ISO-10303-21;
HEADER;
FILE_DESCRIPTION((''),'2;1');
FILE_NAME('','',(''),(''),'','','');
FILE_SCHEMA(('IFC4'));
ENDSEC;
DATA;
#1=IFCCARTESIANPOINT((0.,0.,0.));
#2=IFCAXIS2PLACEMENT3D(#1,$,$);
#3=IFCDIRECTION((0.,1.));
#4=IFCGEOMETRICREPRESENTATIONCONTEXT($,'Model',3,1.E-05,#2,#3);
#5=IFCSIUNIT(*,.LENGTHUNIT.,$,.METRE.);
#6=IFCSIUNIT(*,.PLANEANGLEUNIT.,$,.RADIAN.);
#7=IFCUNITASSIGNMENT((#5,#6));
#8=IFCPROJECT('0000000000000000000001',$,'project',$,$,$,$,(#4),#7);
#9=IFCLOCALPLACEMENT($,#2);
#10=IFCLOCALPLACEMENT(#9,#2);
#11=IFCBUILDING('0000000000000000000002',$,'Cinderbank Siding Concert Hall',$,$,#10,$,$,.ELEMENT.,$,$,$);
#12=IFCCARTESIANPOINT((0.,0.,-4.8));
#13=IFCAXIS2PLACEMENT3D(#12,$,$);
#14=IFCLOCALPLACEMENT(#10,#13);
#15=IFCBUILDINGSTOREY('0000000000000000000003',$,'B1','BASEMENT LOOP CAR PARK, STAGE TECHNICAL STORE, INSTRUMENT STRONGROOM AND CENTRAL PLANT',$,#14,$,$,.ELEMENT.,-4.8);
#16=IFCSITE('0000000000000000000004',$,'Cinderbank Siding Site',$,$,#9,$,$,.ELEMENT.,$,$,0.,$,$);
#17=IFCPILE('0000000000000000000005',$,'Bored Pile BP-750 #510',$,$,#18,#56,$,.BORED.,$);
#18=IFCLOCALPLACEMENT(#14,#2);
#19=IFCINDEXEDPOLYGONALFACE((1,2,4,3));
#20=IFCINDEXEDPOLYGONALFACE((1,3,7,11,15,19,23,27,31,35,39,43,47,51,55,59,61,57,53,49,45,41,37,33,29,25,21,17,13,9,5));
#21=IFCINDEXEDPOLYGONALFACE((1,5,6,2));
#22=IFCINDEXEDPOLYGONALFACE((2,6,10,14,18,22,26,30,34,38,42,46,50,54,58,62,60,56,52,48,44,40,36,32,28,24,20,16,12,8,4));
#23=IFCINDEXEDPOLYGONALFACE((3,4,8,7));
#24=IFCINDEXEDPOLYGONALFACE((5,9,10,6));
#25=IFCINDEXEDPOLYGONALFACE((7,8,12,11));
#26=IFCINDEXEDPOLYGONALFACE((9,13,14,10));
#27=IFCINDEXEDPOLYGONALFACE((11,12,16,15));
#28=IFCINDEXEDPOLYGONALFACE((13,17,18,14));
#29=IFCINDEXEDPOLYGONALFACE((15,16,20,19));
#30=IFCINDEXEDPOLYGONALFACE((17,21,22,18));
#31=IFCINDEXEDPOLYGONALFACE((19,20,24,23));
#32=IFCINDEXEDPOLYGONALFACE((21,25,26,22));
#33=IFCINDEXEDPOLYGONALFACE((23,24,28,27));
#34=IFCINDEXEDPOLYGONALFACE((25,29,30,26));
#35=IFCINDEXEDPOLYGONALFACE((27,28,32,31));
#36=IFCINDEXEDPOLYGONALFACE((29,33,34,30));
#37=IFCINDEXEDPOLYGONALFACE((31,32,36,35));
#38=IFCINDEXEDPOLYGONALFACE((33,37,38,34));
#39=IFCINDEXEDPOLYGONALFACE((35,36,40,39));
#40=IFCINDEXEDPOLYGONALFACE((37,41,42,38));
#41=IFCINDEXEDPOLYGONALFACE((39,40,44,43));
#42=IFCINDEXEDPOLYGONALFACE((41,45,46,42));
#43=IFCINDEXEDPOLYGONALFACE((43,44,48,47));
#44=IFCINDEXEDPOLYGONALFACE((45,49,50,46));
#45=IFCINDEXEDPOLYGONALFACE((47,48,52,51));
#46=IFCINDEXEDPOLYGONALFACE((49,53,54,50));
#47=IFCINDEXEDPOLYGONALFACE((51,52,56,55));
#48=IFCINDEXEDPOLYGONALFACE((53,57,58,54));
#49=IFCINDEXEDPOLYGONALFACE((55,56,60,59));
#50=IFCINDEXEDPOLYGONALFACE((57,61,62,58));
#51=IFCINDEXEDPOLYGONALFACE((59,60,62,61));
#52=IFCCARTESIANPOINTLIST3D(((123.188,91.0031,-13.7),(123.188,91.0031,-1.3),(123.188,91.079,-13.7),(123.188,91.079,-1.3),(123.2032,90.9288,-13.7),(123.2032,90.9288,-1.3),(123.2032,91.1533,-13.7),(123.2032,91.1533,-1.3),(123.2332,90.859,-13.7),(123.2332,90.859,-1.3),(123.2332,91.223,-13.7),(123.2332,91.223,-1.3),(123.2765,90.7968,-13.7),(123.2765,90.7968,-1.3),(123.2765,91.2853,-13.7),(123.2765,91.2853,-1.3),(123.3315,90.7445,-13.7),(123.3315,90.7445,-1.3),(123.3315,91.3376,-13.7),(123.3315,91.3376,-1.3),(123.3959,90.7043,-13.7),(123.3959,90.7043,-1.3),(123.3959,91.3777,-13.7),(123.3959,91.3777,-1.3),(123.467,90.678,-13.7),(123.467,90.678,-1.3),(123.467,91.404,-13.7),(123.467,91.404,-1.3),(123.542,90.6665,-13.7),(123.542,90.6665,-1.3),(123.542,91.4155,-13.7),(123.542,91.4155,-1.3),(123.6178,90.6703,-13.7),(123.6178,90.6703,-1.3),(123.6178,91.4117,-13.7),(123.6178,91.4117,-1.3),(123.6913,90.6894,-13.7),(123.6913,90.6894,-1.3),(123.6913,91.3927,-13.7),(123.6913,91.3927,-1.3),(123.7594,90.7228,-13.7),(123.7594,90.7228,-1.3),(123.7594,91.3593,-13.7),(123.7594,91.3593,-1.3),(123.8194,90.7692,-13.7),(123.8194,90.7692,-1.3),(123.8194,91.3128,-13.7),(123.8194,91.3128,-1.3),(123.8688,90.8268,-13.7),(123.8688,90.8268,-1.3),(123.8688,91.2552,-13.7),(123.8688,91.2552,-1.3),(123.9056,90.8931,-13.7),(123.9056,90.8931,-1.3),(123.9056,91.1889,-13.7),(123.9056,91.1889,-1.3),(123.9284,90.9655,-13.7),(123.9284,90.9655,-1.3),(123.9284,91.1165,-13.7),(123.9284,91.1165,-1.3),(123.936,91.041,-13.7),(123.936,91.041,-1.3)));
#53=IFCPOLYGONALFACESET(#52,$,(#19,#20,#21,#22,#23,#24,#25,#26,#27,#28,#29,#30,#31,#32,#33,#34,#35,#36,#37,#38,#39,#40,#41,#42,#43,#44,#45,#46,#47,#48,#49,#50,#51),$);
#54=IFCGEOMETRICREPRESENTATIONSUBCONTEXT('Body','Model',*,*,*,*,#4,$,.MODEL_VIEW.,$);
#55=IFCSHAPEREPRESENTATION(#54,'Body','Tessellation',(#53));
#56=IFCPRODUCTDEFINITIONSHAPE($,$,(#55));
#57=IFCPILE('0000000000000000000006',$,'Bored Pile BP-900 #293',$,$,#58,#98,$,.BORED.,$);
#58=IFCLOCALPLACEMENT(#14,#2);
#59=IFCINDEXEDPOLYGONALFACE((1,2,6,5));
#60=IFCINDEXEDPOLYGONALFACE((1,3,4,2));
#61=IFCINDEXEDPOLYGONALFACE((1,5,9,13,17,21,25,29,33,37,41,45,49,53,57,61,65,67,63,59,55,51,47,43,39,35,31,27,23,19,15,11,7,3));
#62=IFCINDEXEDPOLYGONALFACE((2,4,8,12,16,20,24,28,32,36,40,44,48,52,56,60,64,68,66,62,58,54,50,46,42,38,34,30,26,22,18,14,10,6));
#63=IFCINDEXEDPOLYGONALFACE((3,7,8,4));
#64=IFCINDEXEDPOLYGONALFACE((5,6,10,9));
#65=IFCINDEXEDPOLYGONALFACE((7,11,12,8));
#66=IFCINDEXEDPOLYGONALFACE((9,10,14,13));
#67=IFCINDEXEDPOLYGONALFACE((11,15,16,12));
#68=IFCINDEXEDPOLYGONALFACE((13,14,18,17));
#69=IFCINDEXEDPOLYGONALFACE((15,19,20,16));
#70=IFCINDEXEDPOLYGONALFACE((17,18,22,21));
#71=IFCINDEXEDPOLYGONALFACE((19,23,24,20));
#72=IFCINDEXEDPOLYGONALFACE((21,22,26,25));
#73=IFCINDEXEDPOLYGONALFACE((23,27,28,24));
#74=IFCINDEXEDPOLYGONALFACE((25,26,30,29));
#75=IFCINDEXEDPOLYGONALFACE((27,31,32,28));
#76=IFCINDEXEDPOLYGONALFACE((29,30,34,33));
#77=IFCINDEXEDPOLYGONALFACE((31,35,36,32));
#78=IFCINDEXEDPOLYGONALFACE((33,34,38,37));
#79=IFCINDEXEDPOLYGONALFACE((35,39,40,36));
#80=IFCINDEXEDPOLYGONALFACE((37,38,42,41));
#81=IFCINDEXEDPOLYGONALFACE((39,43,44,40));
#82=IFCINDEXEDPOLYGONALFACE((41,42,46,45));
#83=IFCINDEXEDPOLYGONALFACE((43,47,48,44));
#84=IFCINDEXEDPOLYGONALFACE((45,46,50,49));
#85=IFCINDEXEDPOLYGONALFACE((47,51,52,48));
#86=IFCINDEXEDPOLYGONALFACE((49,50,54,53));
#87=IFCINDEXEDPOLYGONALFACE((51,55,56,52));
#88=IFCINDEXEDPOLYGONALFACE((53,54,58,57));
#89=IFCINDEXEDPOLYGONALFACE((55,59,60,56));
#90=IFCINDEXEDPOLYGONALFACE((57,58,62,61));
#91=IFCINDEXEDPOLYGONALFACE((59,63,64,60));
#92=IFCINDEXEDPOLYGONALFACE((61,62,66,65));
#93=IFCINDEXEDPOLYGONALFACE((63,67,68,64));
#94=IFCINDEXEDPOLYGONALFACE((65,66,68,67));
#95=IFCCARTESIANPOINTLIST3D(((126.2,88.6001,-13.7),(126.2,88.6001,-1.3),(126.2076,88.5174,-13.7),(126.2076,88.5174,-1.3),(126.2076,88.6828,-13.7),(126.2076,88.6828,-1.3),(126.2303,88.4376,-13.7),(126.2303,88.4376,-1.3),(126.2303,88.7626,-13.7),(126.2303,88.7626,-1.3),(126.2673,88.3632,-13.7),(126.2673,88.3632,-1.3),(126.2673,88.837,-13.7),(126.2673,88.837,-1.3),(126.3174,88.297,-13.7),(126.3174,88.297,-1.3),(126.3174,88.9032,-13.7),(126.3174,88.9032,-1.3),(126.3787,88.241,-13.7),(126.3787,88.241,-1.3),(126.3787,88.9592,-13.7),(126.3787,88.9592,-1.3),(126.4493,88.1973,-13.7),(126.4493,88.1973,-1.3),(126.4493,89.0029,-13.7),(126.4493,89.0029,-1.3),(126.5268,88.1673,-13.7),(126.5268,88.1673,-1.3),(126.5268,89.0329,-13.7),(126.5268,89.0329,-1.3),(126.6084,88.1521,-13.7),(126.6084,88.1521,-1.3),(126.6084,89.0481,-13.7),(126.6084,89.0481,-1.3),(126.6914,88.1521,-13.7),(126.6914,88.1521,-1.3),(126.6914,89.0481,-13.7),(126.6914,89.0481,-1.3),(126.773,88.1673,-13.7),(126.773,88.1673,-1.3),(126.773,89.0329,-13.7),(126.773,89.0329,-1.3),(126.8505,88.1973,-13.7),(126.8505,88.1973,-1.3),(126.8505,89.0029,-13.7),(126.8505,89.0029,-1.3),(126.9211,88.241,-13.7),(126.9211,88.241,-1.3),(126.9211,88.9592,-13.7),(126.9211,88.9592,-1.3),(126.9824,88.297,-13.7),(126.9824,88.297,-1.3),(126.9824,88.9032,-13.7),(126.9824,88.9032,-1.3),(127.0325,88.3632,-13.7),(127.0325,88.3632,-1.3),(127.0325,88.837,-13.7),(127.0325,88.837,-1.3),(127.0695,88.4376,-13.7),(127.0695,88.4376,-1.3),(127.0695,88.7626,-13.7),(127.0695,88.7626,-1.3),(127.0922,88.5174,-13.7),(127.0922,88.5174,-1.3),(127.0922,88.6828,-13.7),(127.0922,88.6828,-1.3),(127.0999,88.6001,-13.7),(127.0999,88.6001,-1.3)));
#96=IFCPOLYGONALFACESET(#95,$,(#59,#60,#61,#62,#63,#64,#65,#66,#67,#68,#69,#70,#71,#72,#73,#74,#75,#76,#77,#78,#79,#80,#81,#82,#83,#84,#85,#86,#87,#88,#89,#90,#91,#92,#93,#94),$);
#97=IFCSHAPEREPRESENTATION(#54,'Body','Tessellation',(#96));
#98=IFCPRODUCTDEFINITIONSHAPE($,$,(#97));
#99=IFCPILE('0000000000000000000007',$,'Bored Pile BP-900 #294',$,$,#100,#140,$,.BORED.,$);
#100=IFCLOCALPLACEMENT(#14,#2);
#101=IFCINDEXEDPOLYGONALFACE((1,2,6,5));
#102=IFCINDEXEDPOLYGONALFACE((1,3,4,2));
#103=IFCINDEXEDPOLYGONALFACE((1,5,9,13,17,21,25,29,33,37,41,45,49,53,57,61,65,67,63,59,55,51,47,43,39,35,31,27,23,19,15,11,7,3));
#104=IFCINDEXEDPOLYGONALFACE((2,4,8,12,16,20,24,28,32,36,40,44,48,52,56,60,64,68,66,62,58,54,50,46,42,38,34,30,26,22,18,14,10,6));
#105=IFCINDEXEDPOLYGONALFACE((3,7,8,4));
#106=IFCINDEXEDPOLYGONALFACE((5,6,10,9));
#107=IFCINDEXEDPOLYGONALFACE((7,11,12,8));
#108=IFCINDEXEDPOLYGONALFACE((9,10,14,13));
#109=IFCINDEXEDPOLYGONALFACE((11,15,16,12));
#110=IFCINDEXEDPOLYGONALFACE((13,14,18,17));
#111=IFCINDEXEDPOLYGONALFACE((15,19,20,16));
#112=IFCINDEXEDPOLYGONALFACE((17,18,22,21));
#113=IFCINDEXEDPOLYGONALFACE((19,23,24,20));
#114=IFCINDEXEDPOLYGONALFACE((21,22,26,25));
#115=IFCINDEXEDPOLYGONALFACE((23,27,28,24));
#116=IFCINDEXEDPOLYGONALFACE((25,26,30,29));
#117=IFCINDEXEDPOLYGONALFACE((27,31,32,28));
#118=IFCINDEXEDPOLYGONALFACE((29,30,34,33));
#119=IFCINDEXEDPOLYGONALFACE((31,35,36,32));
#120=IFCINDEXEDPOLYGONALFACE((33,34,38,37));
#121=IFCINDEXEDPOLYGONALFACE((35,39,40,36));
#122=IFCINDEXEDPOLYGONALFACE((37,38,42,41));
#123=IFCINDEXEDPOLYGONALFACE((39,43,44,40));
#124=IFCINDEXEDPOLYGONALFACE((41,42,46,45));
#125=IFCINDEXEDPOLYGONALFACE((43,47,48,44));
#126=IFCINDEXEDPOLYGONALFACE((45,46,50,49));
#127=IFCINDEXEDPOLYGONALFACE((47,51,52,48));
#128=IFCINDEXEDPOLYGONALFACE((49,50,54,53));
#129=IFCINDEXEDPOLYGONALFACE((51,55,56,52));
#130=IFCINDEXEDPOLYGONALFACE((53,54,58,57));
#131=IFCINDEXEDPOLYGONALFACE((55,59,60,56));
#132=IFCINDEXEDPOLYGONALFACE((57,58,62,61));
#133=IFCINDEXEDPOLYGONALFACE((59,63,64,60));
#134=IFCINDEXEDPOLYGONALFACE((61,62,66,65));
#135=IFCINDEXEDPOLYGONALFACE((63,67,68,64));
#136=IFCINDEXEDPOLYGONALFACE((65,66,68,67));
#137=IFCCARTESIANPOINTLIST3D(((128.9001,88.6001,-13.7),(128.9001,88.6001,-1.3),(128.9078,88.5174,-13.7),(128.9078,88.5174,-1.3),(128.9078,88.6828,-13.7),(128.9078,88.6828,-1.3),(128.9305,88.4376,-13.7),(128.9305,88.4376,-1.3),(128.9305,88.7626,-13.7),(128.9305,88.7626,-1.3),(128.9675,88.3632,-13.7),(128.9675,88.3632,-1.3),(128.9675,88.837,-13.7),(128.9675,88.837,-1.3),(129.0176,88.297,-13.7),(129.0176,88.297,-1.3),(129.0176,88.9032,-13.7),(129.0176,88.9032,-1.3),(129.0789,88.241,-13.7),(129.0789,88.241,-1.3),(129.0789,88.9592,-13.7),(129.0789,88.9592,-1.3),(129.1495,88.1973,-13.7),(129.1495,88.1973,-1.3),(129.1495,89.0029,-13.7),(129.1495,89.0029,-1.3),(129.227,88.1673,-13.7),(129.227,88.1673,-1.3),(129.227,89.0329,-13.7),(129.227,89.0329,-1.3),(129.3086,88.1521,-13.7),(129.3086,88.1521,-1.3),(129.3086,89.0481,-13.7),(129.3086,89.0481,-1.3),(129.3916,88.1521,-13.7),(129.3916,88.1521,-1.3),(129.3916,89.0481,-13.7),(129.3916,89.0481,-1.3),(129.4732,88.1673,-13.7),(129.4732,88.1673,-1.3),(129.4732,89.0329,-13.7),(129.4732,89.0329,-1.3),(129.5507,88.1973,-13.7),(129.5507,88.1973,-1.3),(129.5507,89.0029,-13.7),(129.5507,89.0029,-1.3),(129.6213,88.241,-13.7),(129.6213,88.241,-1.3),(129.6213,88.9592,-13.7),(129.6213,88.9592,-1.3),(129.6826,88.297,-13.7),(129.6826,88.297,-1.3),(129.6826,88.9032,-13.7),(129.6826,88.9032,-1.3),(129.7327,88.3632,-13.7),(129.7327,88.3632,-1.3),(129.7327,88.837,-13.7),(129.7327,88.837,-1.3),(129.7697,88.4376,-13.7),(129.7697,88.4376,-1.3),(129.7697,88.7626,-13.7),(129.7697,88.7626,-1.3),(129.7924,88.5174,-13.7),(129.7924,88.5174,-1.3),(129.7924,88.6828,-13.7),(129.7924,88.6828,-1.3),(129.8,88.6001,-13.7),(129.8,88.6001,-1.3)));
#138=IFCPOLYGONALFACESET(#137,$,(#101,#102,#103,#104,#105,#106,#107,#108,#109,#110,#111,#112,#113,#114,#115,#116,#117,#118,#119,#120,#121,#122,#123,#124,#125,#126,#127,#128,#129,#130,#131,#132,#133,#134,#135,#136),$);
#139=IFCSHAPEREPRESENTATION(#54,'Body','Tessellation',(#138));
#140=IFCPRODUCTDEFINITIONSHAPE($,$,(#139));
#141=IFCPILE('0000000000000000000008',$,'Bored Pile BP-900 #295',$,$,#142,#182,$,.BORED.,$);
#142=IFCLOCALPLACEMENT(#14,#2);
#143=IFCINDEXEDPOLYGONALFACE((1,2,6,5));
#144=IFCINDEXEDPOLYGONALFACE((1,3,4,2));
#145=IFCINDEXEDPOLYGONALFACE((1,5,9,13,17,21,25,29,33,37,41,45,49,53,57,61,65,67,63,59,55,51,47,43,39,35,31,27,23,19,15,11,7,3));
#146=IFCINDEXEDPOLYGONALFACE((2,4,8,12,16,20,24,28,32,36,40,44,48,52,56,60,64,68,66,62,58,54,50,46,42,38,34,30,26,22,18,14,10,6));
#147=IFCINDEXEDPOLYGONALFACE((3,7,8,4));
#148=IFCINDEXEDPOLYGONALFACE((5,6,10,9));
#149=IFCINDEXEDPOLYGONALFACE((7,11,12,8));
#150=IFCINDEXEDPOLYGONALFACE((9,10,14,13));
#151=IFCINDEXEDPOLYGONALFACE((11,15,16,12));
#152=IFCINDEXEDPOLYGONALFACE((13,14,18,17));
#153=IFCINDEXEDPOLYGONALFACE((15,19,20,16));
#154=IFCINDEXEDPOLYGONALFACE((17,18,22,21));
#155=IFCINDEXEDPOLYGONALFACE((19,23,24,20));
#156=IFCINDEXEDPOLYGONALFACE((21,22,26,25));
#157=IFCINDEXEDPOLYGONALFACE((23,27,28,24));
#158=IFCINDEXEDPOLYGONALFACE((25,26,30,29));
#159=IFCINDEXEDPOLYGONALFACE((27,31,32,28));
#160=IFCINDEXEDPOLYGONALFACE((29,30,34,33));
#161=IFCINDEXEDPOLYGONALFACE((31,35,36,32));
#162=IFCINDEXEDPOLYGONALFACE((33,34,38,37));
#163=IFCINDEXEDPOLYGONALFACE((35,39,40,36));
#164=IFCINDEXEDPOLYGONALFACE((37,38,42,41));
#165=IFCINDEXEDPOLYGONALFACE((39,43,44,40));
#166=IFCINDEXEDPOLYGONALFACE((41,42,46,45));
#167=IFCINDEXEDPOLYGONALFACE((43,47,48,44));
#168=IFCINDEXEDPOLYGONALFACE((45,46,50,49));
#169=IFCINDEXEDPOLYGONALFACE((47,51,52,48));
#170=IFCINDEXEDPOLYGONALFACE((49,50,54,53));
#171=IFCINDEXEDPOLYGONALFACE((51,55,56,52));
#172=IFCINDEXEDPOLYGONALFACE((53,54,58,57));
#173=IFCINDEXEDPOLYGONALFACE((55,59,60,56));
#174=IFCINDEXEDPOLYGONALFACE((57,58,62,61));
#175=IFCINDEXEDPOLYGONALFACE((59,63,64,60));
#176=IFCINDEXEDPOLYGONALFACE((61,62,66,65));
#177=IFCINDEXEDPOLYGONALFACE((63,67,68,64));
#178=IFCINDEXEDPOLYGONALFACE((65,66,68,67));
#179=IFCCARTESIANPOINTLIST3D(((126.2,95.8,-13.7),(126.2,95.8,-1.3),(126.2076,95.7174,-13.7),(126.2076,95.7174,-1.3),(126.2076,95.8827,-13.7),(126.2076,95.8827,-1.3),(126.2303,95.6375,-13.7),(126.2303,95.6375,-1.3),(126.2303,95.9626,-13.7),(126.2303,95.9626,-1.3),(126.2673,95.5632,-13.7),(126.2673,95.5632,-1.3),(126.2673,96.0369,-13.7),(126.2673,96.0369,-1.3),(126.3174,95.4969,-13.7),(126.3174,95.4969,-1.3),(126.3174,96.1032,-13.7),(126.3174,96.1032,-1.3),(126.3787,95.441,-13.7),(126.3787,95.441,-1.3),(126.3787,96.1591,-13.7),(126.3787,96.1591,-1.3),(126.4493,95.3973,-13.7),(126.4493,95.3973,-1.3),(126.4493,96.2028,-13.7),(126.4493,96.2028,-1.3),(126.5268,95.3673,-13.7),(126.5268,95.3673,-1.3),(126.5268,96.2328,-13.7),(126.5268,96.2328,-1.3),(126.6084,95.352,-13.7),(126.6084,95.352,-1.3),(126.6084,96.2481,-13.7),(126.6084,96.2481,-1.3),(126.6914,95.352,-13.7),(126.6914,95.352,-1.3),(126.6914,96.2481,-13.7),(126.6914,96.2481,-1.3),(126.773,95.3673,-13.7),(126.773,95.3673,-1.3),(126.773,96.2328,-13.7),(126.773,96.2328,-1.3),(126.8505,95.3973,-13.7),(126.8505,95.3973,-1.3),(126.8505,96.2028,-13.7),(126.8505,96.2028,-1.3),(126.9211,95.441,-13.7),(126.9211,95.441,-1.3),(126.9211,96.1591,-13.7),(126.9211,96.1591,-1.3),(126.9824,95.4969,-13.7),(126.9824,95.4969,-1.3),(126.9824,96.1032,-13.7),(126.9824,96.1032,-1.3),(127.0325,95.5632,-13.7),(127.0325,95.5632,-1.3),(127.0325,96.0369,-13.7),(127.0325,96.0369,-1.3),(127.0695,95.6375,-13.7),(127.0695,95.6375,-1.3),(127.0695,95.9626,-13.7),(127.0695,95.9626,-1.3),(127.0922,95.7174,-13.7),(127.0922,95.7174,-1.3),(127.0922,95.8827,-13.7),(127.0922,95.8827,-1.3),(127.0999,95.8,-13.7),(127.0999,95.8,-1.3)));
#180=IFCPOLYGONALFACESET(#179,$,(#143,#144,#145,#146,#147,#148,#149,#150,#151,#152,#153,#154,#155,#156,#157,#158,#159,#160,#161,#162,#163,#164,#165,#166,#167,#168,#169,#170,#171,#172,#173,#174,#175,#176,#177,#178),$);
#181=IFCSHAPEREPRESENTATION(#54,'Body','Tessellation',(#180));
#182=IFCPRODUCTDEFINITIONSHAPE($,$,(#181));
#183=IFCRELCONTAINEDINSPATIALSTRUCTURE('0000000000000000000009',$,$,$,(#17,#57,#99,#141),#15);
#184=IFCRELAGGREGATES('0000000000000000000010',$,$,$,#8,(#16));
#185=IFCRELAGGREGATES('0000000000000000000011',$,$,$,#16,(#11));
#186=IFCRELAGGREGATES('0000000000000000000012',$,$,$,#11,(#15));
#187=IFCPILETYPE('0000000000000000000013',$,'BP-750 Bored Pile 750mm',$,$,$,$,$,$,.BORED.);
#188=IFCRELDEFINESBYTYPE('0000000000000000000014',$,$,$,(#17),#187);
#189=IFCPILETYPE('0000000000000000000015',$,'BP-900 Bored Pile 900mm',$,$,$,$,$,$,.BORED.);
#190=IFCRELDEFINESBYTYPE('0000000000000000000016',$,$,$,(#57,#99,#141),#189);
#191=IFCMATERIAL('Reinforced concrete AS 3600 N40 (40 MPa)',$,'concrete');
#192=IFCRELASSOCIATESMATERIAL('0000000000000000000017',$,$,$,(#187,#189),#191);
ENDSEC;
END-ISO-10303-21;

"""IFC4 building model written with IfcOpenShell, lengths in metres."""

from ifc_helpers import new_model, si_unit, direction, frame, origin, origin_2d, place, context, subcontext, project, spatial, circle, extrude, material, material_profile, profile_set, type_object, element, save


model = new_model("IFC4")

# Units and contexts
model_context = context("Model", 3, precision=1e-05, world=origin(), true_north=direction((0.0, 1.0)))
body_context = subcontext(model_context, "Body", "Model", "MODEL_VIEW")
ifc_project = project(units=[si_unit("LENGTHUNIT", "METRE"), si_unit("PLANEANGLEUNIT", "RADIAN")], contexts=[model_context])

# Site, building, storey
site_placement = place(None, origin())
site = spatial("IfcSite", under=ifc_project, at=site_placement, Name="Cinderbank Siding Site", CompositionType="ELEMENT", RefElevation=0.0)
building_placement = place(site_placement, origin())
building = spatial("IfcBuilding", under=site, at=building_placement, Name="Cinderbank Siding Concert Hall", CompositionType="ELEMENT")
storey_placement = place(building_placement, frame((0.0, 0.0, -4.8)))
storey = spatial("IfcBuildingStorey", under=building, at=storey_placement, Name="B1", Description="BASEMENT LOOP CAR PARK, STAGE TECHNICAL STORE, INSTRUMENT STRONGROOM AND CENTRAL PLANT", CompositionType="ELEMENT", Elevation=-4.8)

# Piles
ifc_material_1 = material(Name="Reinforced concrete AS 3600 N40 (40 MPa)", Category="concrete")
ifc_material_profile_1 = material_profile(ifc_material_1, circle(Radius=0.375, at=origin_2d()), Name="PILE-750DIA", Category="LoadBearing")
ifc_profile_set_1 = profile_set([ifc_material_profile_1], Name="Reinforced concrete AS 3600 N40 (40 MPa)")
pile_type_1 = type_object("IfcPileType", Name="BP-750 Bored Pile 750mm", PredefinedType="BORED", material=ifc_profile_set_1)
pile_placement = place(storey_placement, frame((123.561, 91.041, -1.3), z_axis=(0.0, 0.0, -1.0), x_axis=(1.0, 0.0, 0.0)))
element("IfcPile", 1, at=pile_placement, inside=storey, type_object=pile_type_1, Name="Bored Pile BP-750 #510", PredefinedType="BORED", context=body_context, shape_type="SweptSolid", body=[
    extrude(circle(Radius=0.375, at=origin_2d()), origin(), (0.0, 0.0, 1.0), 12.3999),
])
ifc_material_profile_2 = material_profile(ifc_material_1, circle(Radius=0.45, at=origin_2d()), Name="PILE-900DIA", Category="LoadBearing")
ifc_profile_set_2 = profile_set([ifc_material_profile_2], Name="Reinforced concrete AS 3600 N40 (40 MPa)")
pile_type_2 = type_object("IfcPileType", Name="BP-900 Bored Pile 900mm", PredefinedType="BORED", material=ifc_profile_set_2)
for number, where, z_axis, x_axis, name in (
    (2, (126.6499, 88.6001, -1.3), (0.0, 0.0, -1.0), (1.0, 0.0, 0.0), "Bored Pile BP-900 #293"),
    (3, (129.3501, 88.6001, -1.3), (0.0, 0.0, -1.0), (1.0, 0.0, 0.0), "Bored Pile BP-900 #294"),
    (4, (126.6499, 95.8, -1.3), (0.0, 0.0, -1.0), (1.0, 0.0, 0.0), "Bored Pile BP-900 #295"),
):
    element("IfcPile", number, at=place(storey_placement, frame(where, z_axis=z_axis, x_axis=x_axis)), inside=storey, type_object=pile_type_2, Name=name, PredefinedType="BORED", context=body_context, shape_type="SweptSolid", body=[
        extrude(circle(Radius=0.45, at=origin_2d()), origin(), (0.0, 0.0, 1.0), 12.3999),
    ])

save(model, "model.ifc")
